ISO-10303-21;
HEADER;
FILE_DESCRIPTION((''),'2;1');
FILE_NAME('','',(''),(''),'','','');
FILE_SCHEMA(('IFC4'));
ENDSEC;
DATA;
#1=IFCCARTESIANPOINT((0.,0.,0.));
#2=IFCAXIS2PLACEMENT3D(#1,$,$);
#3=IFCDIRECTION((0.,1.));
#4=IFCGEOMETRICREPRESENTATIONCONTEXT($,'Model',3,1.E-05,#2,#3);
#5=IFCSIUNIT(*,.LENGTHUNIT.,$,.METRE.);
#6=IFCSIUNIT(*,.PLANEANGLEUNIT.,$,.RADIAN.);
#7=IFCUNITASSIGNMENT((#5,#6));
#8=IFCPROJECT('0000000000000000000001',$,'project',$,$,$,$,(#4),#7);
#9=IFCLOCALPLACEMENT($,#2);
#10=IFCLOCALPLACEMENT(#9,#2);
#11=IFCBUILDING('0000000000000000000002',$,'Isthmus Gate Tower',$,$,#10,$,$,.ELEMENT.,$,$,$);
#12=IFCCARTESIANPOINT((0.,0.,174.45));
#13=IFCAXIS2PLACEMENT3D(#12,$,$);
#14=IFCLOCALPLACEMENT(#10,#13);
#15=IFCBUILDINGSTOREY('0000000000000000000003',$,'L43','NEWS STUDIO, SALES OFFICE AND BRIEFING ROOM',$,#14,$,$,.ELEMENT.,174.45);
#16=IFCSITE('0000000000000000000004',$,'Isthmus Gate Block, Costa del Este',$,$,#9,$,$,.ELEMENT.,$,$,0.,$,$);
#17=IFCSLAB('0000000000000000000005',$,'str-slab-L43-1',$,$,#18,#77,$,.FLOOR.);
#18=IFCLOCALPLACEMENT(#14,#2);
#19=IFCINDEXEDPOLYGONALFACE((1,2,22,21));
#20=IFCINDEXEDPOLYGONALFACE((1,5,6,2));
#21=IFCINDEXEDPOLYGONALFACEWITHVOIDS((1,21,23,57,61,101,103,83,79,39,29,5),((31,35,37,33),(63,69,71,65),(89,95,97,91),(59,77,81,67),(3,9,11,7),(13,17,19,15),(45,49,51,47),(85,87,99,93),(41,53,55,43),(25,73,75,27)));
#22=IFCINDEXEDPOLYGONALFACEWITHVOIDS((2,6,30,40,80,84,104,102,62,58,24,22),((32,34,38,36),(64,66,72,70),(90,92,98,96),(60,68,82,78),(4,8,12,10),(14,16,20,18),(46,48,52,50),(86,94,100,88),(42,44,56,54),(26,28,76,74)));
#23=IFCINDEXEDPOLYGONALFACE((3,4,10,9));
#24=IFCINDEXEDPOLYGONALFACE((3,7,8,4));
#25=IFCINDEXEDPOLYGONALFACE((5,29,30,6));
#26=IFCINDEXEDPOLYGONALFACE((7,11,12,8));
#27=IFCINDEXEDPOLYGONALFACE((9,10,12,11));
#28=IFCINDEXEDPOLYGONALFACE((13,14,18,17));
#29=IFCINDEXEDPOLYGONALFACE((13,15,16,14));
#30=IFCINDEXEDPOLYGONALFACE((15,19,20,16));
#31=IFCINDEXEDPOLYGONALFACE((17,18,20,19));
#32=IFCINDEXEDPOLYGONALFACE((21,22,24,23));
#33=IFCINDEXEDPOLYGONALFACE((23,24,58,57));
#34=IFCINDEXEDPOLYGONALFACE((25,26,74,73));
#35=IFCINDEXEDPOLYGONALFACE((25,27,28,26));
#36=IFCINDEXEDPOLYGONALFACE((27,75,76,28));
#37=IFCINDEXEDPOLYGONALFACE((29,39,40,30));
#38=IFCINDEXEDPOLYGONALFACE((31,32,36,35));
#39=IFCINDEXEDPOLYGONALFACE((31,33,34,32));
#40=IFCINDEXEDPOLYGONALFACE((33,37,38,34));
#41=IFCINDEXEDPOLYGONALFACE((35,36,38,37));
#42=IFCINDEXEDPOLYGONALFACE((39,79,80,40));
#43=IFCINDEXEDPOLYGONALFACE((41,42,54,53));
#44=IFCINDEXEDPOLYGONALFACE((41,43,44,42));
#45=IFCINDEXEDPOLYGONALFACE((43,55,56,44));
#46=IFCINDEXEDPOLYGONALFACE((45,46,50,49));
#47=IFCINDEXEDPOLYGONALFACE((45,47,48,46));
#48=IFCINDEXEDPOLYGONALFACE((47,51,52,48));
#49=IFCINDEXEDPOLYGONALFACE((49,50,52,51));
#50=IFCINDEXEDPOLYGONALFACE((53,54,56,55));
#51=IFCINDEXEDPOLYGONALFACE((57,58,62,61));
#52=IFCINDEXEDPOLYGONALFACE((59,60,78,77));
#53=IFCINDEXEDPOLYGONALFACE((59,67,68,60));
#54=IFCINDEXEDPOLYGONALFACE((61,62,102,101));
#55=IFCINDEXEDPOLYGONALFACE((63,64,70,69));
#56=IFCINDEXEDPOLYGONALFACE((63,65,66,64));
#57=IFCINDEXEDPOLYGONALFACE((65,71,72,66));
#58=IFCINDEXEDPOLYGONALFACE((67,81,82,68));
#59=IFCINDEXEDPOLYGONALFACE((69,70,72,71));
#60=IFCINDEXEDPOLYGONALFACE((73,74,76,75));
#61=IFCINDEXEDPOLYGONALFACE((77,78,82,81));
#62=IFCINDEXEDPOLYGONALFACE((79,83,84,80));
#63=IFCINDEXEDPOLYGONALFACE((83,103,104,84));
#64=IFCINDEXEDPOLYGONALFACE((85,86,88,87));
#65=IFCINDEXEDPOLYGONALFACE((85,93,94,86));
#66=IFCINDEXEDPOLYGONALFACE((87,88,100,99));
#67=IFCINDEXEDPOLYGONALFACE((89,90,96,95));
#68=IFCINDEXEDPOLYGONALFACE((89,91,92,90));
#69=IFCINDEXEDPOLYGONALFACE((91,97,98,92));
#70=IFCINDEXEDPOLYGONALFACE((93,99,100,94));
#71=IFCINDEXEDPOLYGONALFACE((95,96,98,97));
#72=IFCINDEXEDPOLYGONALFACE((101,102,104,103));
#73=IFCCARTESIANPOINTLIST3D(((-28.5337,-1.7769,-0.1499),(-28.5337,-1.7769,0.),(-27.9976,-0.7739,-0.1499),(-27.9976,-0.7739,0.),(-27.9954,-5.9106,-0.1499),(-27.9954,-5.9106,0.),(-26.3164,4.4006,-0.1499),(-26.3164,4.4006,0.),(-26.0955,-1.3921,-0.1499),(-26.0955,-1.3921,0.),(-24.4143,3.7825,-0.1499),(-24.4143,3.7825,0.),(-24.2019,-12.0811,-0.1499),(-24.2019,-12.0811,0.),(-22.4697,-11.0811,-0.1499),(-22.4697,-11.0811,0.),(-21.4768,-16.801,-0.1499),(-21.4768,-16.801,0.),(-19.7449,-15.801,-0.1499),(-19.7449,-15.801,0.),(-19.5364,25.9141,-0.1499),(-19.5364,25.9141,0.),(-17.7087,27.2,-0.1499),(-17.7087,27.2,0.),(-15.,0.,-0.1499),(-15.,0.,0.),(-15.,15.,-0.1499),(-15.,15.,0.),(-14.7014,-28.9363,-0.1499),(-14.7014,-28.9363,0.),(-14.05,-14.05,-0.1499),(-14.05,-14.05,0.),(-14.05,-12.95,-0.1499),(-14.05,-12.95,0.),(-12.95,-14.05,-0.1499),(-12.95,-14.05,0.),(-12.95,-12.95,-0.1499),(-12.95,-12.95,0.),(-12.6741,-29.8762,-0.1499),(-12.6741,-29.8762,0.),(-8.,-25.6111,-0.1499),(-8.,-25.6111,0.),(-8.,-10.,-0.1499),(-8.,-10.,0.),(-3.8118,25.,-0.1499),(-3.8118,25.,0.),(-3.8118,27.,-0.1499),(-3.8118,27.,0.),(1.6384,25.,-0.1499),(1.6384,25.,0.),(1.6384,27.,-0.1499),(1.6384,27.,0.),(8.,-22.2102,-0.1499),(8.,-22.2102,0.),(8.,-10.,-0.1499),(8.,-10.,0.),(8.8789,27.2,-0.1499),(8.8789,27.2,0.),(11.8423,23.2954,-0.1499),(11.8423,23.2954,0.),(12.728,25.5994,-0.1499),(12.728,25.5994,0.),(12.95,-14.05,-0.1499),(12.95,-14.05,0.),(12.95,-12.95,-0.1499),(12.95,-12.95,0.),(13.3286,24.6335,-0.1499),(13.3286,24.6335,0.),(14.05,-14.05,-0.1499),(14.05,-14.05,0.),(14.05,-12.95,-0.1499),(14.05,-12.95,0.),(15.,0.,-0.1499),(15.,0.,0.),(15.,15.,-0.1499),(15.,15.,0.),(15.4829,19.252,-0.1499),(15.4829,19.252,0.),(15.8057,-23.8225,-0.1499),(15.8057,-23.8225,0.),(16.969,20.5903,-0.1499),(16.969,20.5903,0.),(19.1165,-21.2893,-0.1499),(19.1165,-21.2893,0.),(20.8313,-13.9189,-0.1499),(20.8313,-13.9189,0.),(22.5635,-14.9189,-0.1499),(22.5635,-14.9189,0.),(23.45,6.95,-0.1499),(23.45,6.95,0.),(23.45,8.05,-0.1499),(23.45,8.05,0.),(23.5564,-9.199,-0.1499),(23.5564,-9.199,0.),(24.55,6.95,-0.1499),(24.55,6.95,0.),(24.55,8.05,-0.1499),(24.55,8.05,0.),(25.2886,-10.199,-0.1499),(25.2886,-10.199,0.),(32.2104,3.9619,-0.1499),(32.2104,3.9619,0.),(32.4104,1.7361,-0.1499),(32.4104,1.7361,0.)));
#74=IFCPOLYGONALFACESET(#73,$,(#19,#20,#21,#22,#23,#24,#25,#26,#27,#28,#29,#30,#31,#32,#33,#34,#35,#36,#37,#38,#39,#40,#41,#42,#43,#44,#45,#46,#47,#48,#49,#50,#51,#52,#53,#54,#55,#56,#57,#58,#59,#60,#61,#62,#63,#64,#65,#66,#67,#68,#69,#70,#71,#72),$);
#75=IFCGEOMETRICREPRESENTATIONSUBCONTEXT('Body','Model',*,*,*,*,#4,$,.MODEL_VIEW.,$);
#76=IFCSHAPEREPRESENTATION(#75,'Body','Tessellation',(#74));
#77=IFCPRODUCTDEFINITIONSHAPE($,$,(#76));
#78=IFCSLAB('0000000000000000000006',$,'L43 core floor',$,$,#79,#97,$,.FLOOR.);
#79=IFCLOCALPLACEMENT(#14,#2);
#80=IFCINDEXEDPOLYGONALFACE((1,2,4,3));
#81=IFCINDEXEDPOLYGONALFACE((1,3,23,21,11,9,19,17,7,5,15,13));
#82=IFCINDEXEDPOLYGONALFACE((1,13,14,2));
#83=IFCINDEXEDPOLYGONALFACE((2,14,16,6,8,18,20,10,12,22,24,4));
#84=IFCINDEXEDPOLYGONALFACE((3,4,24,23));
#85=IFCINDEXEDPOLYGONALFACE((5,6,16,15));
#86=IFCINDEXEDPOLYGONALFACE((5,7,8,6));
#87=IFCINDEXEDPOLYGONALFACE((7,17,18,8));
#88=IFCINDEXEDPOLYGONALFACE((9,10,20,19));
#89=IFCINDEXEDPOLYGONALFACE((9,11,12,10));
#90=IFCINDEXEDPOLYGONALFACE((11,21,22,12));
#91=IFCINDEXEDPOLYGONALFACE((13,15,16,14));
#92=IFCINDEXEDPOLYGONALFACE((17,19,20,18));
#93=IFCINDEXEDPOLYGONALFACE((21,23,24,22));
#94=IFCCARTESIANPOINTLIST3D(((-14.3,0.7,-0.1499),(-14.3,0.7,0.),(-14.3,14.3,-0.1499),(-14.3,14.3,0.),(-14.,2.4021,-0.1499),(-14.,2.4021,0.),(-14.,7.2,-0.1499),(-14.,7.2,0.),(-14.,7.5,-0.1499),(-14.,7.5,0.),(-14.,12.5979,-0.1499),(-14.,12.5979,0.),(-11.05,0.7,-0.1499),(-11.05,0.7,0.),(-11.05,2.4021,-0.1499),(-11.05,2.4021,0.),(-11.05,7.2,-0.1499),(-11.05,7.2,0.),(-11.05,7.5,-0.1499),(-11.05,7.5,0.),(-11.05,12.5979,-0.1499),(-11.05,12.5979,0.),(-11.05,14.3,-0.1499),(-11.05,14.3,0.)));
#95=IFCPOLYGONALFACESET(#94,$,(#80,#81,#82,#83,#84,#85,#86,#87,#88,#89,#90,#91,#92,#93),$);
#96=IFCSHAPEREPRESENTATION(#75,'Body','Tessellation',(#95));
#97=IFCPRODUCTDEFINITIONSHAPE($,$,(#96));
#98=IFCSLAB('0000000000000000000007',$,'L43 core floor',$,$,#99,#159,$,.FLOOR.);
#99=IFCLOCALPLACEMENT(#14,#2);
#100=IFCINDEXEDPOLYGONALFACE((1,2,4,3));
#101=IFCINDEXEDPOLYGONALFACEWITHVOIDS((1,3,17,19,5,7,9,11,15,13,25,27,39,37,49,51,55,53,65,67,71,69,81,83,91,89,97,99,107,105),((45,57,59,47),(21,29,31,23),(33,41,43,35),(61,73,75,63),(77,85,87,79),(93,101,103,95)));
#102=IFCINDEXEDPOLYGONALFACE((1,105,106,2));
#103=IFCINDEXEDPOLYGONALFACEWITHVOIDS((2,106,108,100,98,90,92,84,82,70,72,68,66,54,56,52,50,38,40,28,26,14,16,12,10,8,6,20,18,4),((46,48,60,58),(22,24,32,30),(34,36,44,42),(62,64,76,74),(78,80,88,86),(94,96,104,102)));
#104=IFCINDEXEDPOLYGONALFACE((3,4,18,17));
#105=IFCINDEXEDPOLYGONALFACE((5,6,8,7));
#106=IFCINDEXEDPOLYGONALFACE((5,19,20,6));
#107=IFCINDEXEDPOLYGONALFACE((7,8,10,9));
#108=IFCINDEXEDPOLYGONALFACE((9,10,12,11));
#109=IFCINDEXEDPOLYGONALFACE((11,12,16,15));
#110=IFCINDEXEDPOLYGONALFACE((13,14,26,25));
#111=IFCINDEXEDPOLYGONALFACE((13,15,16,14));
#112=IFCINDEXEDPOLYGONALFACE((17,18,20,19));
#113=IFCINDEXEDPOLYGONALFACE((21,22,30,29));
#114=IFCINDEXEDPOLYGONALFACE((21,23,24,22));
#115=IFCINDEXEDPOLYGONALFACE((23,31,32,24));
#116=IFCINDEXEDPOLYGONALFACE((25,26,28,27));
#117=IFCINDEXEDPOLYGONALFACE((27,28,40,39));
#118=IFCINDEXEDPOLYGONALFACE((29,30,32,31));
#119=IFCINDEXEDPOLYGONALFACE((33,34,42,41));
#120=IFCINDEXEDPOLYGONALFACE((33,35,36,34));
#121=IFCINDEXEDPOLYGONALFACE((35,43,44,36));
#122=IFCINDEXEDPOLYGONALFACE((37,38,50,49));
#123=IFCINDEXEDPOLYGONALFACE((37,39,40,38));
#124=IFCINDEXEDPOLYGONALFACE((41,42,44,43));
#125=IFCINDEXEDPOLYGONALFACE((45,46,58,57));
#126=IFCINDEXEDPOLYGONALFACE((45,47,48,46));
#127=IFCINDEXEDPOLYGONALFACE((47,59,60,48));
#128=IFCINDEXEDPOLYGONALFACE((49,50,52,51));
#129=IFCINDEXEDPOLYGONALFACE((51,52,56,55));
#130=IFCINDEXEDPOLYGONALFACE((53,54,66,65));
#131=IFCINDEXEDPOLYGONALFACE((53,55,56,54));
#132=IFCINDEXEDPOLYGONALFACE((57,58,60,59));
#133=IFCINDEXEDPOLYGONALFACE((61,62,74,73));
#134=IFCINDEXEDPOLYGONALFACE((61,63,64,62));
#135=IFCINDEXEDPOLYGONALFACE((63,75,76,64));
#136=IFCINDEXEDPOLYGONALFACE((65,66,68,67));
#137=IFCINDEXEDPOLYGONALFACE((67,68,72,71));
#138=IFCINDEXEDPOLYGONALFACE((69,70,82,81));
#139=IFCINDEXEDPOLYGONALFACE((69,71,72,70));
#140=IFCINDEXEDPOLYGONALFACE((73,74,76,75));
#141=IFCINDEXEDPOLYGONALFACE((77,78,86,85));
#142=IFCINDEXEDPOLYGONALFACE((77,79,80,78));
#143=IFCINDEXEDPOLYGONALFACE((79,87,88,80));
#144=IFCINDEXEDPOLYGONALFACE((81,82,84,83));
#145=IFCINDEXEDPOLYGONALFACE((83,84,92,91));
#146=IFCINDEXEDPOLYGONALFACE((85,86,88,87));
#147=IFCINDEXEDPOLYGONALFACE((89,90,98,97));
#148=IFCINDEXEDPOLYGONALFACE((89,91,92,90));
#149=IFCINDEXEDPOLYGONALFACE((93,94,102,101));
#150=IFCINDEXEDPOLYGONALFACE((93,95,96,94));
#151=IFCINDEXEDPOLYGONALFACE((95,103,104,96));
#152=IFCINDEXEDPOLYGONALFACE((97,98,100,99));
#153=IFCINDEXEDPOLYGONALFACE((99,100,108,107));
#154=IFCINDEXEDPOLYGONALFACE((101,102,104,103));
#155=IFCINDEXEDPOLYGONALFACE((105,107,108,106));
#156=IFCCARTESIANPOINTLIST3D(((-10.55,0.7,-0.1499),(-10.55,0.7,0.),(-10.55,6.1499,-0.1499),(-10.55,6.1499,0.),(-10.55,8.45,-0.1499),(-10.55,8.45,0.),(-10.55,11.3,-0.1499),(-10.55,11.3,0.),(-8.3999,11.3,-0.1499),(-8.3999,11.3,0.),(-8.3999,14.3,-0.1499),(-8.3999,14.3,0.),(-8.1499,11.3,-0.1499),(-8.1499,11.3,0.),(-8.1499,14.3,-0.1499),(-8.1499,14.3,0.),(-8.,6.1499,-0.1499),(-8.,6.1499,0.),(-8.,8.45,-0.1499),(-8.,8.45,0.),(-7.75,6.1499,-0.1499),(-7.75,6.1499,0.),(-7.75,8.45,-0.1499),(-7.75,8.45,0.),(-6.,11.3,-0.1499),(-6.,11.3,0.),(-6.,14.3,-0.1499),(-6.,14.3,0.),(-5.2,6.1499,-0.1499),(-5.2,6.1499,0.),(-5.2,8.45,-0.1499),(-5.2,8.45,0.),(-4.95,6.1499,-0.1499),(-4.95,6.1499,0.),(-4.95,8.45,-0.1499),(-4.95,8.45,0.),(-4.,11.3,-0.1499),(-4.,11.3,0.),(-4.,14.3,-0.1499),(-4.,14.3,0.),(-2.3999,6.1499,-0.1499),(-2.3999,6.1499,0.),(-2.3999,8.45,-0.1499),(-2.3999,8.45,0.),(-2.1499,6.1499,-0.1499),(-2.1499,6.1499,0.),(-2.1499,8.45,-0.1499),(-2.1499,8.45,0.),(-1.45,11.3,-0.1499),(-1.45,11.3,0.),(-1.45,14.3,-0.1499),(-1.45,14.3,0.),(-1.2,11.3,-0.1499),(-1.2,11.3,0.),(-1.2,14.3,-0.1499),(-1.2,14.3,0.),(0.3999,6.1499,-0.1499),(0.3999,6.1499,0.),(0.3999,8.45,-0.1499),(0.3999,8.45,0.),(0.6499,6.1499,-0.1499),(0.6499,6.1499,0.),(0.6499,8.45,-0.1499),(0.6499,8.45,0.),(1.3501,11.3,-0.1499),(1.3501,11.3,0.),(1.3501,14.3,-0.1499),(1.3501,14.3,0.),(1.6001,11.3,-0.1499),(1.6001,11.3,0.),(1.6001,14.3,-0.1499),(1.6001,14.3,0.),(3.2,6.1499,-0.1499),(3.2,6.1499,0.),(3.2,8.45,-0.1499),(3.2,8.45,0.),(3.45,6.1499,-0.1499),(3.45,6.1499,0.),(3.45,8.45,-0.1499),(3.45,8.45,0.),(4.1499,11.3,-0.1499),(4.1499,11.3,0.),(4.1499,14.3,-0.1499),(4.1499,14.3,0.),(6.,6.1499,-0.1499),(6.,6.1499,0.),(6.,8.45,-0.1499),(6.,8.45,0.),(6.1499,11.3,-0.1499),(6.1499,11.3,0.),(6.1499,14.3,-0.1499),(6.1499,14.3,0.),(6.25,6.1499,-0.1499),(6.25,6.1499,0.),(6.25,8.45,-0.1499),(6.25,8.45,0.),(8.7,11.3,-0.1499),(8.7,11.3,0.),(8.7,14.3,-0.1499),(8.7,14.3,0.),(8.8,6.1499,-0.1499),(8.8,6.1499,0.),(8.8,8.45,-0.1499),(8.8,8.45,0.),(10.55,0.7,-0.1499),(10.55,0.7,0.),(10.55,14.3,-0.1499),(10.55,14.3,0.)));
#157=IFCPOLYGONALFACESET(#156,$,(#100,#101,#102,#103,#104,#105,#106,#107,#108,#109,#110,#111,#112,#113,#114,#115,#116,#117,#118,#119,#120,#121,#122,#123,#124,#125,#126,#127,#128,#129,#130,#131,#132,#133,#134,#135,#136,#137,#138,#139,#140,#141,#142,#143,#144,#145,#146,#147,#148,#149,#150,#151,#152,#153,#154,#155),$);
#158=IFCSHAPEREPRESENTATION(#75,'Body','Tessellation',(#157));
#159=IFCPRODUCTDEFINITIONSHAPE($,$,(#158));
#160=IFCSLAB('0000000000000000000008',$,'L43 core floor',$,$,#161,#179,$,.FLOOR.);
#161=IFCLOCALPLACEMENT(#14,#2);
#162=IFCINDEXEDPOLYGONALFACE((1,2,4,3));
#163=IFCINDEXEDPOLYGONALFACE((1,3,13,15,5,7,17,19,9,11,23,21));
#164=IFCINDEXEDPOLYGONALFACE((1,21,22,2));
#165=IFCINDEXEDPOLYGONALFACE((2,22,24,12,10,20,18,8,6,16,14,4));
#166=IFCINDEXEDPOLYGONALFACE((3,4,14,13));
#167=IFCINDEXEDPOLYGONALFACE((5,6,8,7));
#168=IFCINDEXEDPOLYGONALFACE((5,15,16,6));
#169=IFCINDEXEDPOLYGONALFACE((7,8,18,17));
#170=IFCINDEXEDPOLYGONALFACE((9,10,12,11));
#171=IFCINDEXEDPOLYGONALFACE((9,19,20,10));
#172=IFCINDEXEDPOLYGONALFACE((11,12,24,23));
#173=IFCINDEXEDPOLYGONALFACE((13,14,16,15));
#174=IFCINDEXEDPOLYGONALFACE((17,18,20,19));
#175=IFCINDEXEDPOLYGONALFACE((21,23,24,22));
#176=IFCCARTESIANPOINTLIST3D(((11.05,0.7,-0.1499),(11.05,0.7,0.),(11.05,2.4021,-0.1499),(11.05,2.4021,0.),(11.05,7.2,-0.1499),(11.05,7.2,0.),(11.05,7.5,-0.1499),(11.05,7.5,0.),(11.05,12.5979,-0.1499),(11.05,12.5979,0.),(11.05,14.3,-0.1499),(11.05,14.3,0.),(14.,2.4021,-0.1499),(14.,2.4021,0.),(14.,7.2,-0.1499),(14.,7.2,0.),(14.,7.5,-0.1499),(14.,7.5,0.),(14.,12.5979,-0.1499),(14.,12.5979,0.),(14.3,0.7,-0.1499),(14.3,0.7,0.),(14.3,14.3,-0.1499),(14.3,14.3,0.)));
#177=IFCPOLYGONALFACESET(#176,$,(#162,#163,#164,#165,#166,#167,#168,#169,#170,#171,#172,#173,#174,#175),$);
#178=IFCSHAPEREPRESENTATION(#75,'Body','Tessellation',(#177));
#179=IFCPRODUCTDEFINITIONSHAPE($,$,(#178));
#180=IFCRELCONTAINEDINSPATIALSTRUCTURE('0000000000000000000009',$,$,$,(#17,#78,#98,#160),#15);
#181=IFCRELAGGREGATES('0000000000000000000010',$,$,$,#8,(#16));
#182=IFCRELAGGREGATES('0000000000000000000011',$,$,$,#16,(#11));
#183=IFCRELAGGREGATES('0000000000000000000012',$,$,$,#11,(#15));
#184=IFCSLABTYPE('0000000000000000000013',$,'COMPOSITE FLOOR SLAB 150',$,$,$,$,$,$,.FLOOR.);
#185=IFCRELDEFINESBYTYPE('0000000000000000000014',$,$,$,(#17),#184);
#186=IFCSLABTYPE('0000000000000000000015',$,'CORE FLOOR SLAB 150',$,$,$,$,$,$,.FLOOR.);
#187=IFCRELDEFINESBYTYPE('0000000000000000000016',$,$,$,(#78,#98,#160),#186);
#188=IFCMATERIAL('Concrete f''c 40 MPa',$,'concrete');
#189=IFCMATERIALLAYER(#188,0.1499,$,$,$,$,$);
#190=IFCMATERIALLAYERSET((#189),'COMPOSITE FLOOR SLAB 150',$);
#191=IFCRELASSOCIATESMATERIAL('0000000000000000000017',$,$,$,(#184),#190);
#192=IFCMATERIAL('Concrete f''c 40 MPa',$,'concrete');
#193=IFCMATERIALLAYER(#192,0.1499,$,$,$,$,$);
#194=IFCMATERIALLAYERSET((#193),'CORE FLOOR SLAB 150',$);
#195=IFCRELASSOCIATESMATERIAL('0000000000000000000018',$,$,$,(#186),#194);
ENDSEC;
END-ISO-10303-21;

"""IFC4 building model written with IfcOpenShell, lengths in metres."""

from ifc_helpers import new_model, si_unit, direction, frame, origin, place, context, subcontext, project, spatial, polyline, outline, extrude, material, layer, layer_set, type_object, element, save


model = new_model("IFC4")

# Units and contexts
model_context = context("Model", 3, precision=1e-05, world=origin(), true_north=direction((0.0, 1.0)))
body_context = subcontext(model_context, "Body", "Model", "MODEL_VIEW")
ifc_project = project(units=[si_unit("LENGTHUNIT", "METRE"), si_unit("PLANEANGLEUNIT", "RADIAN")], contexts=[model_context])

# Site, building, storey
site_placement = place(None, origin())
site = spatial("IfcSite", under=ifc_project, at=site_placement, Name="Isthmus Gate Block, Costa del Este", CompositionType="ELEMENT", RefElevation=0.0)
building_placement = place(site_placement, origin())
building = spatial("IfcBuilding", under=site, at=building_placement, Name="Isthmus Gate Tower", CompositionType="ELEMENT")
storey_placement = place(building_placement, frame((0.0, 0.0, 174.45)))
storey = spatial("IfcBuildingStorey", under=building, at=storey_placement, Name="L43", Description="NEWS STUDIO, SALES OFFICE AND BRIEFING ROOM", CompositionType="ELEMENT", Elevation=174.45)

# Slabs
ifc_material_1 = material(Name="Concrete f'c 40 MPa", Category="concrete")
ifc_layer_1 = layer(ifc_material_1, 0.1499)
ifc_layer_set_1 = layer_set([ifc_layer_1], Name="COMPOSITE FLOOR SLAB 150")
slab_type_1 = type_object("IfcSlabType", Name="COMPOSITE FLOOR SLAB 150", PredefinedType="FLOOR", material=ifc_layer_set_1)
slab_1_placement = place(storey_placement, frame((0.0, 0.0, -0.1499)))
element("IfcSlab", 1, at=slab_1_placement, inside=storey, type_object=slab_type_1, Name="str-slab-L43-1", PredefinedType="FLOOR", context=body_context, shape_type="SweptSolid", body=[
    extrude(outline(polyline([(12.728, 25.5994), (32.2104, 3.9619), (32.4104, 1.7361), (19.1165, -21.2893), (15.8057, -23.8225), (-12.6741, -29.8762), (-14.7014, -28.9363), (-27.9954, -5.9106), (-28.5337, -1.7769), (-19.5364, 25.9141), (-17.7087, 27.2), (8.8789, 27.2), (12.728, 25.5994)]), holes=[polyline([(8.0, -10.0), (-8.0, -10.0), (-8.0, -25.6111), (8.0, -22.2102), (8.0, -10.0)]), polyline([(-19.7449, -15.801), (-22.4697, -11.0811), (-24.2019, -12.0811), (-21.4768, -16.801), (-19.7449, -15.801)]), polyline([(-12.95, -12.95), (-14.05, -12.95), (-14.05, -14.05), (-12.95, -14.05), (-12.95, -12.95)]), polyline([(12.95, -14.05), (14.05, -14.05), (14.05, -12.95), (12.95, -12.95), (12.95, -14.05)]), polyline([(25.2886, -10.199), (23.5564, -9.199), (20.8313, -13.9189), (22.5635, -14.9189), (25.2886, -10.199)]), polyline([(-26.0955, -1.3921), (-24.4143, 3.7825), (-26.3164, 4.4006), (-27.9976, -0.7739), (-26.0955, -1.3921)]), polyline([(-15.0, 15.0), (-15.0, 0.0), (15.0, 0.0), (15.0, 15.0), (-15.0, 15.0)]), polyline([(24.55, 6.95), (24.55, 8.05), (23.45, 8.05), (23.45, 6.95), (24.55, 6.95)]), polyline([(13.3286, 24.6335), (11.8423, 23.2954), (15.4829, 19.252), (16.969, 20.5903), (13.3286, 24.6335)]), polyline([(-3.8118, 27.0), (-3.8118, 25.0), (1.6384, 25.0), (1.6384, 27.0), (-3.8118, 27.0)])]), origin(), (0.0, 0.0, 1.0), 0.1499),
])
ifc_material_2 = material(Name="Concrete f'c 40 MPa", Category="concrete")
ifc_layer_2 = layer(ifc_material_2, 0.1499)
ifc_layer_set_2 = layer_set([ifc_layer_2], Name="CORE FLOOR SLAB 150")
slab_type_2 = type_object("IfcSlabType", Name="CORE FLOOR SLAB 150", PredefinedType="FLOOR", material=ifc_layer_set_2)
slab_2_placement = place(storey_placement, frame((0.0, 0.0, -0.1499)))
element("IfcSlab", 2, at=slab_2_placement, inside=storey, type_object=slab_type_2, Name="L43 core floor", PredefinedType="FLOOR", context=body_context, shape_type="SweptSolid", body=[
    extrude(outline(polyline([(-11.05, 0.7), (-11.05, 2.4021), (-14.0, 2.4021), (-14.0, 7.2), (-11.05, 7.2), (-11.05, 7.5), (-14.0, 7.5), (-14.0, 12.5979), (-11.05, 12.5979), (-11.05, 14.3), (-14.3, 14.3), (-14.3, 0.7), (-11.05, 0.7)])), origin(), (0.0, 0.0, 1.0), 0.1499),
])
slab_3_placement = place(storey_placement, frame((0.0, 0.0, -0.1499)))
element("IfcSlab", 3, at=slab_3_placement, inside=storey, type_object=slab_type_2, Name="L43 core floor", PredefinedType="FLOOR", context=body_context, shape_type="SweptSolid", body=[
    extrude(outline(polyline([(10.55, 14.3), (8.7, 14.3), (8.7, 11.3), (6.1499, 11.3), (6.1499, 14.3), (4.1499, 14.3), (4.1499, 11.3), (1.6001, 11.3), (1.6001, 14.3), (1.3501, 14.3), (1.3501, 11.3), (-1.2, 11.3), (-1.2, 14.3), (-1.45, 14.3), (-1.45, 11.3), (-4.0, 11.3), (-4.0, 14.3), (-6.0, 14.3), (-6.0, 11.3), (-8.1499, 11.3), (-8.1499, 14.3), (-8.3999, 14.3), (-8.3999, 11.3), (-10.55, 11.3), (-10.55, 8.45), (-8.0, 8.45), (-8.0, 6.1499), (-10.55, 6.1499), (-10.55, 0.7), (10.55, 0.7), (10.55, 14.3)]), holes=[polyline([(-5.2, 8.45), (-5.2, 6.1499), (-7.75, 6.1499), (-7.75, 8.45), (-5.2, 8.45)]), polyline([(-2.3999, 8.45), (-2.3999, 6.1499), (-4.95, 6.1499), (-4.95, 8.45), (-2.3999, 8.45)]), polyline([(0.3999, 8.45), (0.3999, 6.1499), (-2.1499, 6.1499), (-2.1499, 8.45), (0.3999, 8.45)]), polyline([(3.2, 8.45), (3.2, 6.1499), (0.6499, 6.1499), (0.6499, 8.45), (3.2, 8.45)]), polyline([(6.0, 8.45), (6.0, 6.1499), (3.45, 6.1499), (3.45, 8.45), (6.0, 8.45)]), polyline([(8.8, 8.45), (8.8, 6.1499), (6.25, 6.1499), (6.25, 8.45), (8.8, 8.45)])]), origin(), (0.0, 0.0, 1.0), 0.1499),
])
slab_4_placement = place(storey_placement, frame((0.0, 0.0, -0.1499)))
element("IfcSlab", 4, at=slab_4_placement, inside=storey, type_object=slab_type_2, Name="L43 core floor", PredefinedType="FLOOR", context=body_context, shape_type="SweptSolid", body=[
    extrude(outline(polyline([(11.05, 14.3), (11.05, 12.5979), (14.0, 12.5979), (14.0, 7.5), (11.05, 7.5), (11.05, 7.2), (14.0, 7.2), (14.0, 2.4021), (11.05, 2.4021), (11.05, 0.7), (14.3, 0.7), (14.3, 14.3), (11.05, 14.3)])), origin(), (0.0, 0.0, 1.0), 0.1499),
])

save(model, "model.ifc")
